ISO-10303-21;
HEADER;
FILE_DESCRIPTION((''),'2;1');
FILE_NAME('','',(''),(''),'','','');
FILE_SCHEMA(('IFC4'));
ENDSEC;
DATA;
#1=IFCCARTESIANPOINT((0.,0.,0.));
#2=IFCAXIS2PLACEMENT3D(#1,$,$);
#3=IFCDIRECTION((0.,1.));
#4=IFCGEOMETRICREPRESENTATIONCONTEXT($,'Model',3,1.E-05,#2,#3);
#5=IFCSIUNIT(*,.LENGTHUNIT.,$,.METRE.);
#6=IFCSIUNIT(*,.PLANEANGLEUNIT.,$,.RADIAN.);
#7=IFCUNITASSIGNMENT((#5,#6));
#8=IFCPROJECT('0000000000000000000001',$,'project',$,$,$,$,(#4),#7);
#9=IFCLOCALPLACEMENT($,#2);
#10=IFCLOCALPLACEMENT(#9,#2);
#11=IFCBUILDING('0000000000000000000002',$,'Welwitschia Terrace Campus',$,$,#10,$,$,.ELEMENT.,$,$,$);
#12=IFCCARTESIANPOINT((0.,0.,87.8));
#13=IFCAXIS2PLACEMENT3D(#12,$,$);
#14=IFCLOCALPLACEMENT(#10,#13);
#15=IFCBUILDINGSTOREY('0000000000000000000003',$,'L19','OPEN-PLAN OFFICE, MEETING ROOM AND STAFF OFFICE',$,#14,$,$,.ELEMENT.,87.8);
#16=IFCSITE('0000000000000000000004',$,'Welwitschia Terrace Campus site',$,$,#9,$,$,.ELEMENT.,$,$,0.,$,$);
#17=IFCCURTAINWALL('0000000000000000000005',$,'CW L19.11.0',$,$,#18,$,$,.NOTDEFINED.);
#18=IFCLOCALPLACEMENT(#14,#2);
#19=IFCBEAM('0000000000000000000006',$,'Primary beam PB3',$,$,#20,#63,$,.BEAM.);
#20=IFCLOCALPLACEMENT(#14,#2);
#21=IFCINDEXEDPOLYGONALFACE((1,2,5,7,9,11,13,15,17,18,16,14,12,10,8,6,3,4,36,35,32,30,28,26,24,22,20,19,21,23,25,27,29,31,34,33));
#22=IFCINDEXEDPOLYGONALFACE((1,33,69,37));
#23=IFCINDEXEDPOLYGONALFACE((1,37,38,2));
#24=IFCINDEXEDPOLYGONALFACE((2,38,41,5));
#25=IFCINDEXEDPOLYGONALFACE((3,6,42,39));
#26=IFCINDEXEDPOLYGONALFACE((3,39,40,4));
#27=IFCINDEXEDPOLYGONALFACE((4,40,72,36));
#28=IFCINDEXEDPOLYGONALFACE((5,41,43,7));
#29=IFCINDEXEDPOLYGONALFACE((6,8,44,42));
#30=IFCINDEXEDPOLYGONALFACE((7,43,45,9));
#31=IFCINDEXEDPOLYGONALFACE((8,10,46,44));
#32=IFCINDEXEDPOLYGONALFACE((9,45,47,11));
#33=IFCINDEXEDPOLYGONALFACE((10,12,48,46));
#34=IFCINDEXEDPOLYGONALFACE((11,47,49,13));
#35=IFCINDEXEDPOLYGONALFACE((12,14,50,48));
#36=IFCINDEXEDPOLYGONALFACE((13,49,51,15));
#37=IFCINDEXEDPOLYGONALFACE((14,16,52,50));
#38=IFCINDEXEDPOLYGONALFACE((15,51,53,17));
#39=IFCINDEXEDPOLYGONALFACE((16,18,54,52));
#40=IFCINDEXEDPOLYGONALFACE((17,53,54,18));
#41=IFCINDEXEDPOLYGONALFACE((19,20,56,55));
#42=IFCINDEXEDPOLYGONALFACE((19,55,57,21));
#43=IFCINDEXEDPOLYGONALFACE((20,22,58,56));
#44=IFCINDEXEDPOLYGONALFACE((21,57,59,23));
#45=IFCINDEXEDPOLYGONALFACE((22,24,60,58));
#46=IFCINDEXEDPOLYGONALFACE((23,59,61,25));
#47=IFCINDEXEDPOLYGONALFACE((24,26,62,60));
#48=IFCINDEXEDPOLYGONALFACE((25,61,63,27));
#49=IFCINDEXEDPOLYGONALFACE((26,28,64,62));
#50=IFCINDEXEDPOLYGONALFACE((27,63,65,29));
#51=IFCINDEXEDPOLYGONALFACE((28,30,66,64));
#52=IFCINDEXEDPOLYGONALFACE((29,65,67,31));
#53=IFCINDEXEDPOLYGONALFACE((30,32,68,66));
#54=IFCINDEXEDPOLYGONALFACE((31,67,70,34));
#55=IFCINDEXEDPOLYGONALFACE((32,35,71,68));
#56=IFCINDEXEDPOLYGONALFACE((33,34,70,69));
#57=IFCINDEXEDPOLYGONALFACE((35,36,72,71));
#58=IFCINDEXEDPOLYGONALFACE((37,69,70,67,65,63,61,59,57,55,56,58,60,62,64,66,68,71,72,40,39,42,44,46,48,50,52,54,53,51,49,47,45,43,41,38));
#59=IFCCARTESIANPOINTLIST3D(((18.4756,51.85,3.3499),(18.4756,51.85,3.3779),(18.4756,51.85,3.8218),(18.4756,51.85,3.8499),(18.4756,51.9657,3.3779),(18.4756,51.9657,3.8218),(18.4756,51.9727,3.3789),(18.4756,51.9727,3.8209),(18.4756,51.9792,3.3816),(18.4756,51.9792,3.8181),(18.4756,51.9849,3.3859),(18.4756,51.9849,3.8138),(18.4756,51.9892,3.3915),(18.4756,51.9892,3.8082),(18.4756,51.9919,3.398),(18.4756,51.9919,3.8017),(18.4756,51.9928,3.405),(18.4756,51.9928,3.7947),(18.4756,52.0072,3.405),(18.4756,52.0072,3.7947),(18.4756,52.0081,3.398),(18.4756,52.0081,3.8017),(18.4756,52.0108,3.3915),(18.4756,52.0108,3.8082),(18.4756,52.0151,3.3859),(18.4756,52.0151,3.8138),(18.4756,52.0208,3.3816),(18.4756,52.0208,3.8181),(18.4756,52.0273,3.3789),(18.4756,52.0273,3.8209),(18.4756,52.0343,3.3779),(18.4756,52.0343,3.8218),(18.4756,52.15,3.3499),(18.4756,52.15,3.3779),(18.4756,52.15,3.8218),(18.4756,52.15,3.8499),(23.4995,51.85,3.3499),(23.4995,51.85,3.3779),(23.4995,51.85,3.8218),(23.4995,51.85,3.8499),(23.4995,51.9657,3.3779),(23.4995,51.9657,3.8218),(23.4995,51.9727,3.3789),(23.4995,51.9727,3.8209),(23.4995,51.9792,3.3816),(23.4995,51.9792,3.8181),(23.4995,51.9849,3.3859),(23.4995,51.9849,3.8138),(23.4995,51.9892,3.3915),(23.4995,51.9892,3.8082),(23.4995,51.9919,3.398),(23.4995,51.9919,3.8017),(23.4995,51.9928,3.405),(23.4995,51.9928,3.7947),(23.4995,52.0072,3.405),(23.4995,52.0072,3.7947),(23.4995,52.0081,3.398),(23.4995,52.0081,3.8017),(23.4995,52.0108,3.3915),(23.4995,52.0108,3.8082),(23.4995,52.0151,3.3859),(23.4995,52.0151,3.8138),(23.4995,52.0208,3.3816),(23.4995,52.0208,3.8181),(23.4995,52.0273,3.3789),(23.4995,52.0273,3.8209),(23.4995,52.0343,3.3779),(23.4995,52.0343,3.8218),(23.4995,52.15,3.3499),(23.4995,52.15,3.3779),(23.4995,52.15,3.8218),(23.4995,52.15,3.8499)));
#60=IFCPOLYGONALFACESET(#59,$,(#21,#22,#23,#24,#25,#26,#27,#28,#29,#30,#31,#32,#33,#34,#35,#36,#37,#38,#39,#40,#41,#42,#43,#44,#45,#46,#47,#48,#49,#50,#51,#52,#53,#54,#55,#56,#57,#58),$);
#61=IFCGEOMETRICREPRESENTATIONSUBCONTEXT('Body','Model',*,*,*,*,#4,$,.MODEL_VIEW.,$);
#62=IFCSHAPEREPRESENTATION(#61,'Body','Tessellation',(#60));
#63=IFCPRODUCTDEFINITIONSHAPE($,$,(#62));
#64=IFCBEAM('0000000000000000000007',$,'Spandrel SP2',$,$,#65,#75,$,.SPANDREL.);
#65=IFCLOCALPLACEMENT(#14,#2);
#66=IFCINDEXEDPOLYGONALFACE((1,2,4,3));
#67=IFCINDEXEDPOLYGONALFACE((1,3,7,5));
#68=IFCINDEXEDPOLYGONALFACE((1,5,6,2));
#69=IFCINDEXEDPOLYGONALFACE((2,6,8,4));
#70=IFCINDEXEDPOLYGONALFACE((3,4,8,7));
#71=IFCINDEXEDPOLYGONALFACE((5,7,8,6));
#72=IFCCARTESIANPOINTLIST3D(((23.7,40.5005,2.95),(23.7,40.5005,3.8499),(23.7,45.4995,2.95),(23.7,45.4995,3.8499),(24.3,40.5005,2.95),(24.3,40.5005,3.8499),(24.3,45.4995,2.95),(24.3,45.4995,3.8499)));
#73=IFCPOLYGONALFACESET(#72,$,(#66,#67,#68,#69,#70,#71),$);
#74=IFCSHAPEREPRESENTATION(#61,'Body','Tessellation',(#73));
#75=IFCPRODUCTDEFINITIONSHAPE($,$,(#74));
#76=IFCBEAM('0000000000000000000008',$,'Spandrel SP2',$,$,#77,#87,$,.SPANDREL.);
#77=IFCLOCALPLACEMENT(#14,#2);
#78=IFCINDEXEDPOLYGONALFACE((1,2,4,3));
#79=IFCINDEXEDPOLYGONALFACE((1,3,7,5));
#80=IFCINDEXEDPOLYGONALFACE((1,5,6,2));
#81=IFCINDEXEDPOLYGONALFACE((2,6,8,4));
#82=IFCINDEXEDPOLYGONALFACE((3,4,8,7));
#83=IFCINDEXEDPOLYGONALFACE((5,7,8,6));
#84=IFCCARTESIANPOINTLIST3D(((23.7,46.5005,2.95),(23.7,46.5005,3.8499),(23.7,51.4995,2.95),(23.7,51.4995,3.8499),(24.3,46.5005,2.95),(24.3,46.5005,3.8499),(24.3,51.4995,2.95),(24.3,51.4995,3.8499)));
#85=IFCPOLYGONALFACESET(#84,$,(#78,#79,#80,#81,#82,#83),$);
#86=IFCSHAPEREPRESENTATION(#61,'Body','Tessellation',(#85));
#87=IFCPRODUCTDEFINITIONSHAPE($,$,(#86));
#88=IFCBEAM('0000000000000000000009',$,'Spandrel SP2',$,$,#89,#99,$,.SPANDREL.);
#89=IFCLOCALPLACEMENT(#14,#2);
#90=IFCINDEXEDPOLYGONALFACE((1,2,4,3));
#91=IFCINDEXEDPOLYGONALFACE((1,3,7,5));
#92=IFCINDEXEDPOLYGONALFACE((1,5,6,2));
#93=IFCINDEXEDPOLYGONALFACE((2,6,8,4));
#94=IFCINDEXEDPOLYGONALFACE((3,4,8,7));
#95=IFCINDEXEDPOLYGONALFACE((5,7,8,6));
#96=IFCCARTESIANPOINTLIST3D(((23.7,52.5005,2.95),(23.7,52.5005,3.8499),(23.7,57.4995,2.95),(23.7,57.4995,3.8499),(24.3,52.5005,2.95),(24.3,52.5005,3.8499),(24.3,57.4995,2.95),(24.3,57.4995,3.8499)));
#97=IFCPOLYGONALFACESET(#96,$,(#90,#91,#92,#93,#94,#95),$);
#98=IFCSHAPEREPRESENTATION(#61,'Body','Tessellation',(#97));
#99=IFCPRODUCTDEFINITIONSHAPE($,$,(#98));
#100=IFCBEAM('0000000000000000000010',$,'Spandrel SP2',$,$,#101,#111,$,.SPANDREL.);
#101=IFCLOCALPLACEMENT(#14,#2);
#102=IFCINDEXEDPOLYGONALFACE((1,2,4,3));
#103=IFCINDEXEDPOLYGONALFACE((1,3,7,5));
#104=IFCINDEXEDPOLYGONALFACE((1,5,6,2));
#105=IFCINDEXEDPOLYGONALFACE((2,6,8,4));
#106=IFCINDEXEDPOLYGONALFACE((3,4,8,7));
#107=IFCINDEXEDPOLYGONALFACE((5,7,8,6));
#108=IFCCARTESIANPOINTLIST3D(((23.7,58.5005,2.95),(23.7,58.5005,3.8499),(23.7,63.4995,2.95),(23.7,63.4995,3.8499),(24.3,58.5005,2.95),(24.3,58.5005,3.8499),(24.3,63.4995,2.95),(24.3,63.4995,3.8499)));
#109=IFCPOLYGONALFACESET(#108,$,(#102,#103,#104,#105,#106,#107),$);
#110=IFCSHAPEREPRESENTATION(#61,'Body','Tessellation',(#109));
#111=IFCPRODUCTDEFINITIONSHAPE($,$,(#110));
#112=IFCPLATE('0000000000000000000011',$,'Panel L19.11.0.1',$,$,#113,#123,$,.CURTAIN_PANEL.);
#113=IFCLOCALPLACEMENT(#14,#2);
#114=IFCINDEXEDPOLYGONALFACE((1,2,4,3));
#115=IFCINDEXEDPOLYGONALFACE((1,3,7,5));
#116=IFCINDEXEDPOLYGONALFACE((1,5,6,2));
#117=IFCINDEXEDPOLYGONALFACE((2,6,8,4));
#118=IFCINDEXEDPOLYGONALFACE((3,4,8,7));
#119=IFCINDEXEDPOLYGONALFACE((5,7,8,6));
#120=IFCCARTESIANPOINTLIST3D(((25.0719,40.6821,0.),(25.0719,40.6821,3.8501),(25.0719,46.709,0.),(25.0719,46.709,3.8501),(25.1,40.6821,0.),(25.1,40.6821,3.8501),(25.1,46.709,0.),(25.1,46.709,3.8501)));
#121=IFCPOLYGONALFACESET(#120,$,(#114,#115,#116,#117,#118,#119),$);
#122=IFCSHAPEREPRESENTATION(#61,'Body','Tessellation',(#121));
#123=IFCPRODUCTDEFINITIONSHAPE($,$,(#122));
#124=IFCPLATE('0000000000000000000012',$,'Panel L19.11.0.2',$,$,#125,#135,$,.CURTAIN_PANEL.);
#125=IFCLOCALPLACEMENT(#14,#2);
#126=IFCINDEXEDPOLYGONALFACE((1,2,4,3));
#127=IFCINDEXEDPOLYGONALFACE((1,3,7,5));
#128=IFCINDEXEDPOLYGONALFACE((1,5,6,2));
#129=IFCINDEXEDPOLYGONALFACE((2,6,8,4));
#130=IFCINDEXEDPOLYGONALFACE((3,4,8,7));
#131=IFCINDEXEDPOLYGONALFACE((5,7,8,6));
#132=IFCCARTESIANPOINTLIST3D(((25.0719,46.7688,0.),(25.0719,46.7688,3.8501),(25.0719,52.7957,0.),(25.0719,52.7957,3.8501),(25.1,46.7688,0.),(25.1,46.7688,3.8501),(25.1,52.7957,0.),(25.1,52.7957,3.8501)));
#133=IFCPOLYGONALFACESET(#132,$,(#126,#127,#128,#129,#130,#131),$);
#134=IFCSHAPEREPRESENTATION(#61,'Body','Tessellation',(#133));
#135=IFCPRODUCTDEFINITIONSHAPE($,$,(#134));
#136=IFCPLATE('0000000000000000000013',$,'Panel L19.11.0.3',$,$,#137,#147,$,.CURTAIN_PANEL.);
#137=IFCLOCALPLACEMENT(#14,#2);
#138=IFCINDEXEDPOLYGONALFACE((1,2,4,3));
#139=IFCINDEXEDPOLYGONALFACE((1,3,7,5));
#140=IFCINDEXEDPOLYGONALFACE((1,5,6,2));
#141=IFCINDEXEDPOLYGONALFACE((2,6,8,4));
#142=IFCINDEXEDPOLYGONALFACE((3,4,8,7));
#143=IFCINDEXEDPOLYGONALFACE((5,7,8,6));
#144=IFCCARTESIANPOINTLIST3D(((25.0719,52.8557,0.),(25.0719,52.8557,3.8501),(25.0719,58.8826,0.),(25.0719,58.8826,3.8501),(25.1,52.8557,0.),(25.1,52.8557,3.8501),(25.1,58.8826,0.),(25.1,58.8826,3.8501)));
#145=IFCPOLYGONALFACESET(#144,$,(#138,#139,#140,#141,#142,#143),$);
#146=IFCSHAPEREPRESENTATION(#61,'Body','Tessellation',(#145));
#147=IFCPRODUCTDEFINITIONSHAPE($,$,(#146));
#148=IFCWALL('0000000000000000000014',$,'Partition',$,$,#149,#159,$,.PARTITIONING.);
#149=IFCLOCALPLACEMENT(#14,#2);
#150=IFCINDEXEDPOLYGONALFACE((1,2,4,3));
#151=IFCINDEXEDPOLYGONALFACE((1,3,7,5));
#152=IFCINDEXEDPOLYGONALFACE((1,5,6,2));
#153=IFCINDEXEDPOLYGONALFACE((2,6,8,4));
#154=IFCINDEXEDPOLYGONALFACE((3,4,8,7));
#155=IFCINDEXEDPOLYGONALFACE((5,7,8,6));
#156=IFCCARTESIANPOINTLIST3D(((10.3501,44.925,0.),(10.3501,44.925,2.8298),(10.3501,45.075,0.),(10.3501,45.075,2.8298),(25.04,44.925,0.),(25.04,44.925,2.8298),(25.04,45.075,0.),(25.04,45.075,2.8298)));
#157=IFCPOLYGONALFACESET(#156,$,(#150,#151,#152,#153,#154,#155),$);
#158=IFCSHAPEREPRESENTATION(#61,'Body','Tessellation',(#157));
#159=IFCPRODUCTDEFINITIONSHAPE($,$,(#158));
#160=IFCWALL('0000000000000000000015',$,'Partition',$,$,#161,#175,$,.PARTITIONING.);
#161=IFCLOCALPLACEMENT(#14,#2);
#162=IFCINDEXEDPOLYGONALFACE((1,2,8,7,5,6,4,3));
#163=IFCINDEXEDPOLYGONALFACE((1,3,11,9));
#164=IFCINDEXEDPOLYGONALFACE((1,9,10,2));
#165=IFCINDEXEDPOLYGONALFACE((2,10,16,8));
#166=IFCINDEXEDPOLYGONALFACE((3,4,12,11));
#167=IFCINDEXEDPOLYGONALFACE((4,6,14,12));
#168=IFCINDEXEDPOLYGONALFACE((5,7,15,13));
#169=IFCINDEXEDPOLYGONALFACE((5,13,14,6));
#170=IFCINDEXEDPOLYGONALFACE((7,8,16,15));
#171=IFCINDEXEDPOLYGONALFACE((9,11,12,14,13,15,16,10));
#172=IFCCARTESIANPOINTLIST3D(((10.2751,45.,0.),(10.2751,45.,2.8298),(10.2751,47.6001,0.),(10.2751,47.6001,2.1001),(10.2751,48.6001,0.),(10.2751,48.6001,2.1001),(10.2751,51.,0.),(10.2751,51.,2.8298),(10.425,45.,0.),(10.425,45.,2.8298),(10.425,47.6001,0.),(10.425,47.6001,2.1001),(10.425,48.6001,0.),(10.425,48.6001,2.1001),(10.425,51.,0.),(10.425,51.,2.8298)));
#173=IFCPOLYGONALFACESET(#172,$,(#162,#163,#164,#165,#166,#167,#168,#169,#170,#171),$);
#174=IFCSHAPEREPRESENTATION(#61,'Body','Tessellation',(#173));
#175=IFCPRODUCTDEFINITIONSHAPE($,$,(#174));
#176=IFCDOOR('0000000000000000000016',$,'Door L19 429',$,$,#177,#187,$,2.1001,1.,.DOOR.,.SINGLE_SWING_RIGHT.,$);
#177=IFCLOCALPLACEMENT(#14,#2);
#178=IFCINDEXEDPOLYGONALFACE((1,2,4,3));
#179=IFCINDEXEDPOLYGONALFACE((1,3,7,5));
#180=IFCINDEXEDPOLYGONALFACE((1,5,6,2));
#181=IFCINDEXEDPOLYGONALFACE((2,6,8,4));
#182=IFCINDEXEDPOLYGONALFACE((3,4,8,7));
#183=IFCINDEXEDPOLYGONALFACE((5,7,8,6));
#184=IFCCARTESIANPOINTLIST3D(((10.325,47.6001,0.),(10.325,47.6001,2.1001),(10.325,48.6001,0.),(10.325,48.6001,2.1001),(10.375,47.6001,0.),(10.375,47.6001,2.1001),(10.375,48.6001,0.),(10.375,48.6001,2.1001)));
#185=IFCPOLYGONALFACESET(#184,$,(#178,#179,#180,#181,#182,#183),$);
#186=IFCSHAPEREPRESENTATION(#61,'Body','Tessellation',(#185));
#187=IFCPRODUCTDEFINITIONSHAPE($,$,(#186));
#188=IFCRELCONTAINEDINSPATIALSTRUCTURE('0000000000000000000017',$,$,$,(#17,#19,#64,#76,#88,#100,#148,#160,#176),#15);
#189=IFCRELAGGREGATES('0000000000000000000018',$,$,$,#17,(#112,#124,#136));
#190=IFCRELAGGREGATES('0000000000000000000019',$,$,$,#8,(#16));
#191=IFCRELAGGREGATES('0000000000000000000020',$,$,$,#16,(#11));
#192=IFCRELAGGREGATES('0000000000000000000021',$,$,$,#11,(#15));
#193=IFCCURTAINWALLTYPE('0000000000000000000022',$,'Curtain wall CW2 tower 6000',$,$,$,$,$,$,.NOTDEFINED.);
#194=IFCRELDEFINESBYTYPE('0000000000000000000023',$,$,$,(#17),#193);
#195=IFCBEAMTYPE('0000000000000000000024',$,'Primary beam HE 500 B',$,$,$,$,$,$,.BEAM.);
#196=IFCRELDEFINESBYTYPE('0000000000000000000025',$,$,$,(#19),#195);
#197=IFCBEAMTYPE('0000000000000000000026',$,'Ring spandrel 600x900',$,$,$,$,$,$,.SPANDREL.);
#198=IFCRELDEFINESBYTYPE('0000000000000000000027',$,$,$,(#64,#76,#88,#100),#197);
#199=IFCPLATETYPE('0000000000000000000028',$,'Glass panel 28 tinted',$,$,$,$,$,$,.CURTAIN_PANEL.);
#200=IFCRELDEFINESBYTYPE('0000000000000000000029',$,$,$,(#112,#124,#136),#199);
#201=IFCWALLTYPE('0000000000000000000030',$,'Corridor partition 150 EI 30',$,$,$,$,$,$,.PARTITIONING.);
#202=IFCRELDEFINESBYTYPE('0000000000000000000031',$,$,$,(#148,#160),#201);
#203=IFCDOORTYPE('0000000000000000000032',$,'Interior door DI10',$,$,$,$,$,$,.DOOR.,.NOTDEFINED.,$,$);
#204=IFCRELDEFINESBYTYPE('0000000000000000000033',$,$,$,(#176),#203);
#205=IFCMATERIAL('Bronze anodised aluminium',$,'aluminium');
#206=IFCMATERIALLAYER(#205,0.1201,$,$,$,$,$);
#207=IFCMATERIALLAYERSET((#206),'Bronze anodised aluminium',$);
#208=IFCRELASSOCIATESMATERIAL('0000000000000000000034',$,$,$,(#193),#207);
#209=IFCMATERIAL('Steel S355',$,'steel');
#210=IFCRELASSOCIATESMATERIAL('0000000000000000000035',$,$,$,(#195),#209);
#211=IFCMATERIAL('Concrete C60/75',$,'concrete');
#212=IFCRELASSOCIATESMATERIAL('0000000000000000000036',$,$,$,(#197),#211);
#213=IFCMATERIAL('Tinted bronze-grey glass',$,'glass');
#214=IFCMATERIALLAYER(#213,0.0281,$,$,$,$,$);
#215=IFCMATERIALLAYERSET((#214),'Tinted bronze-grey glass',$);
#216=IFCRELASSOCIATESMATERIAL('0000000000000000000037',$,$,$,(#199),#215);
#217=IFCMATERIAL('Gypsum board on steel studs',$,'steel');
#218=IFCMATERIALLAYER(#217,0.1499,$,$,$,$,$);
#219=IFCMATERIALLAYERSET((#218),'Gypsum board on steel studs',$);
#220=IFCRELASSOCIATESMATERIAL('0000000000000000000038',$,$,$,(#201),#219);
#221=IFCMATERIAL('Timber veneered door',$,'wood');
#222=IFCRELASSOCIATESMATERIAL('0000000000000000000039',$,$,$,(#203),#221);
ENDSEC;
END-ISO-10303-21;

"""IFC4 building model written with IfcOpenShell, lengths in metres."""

from ifc_helpers import new_model, si_unit, direction, frame, frame_2d, origin, origin_2d, place, context, subcontext, project, spatial, rectangle, i_section, extrude, material, layer, layer_set, material_profile, profile_set, type_object, element, fill, aggregate, save


model = new_model("IFC4")

# Units and contexts
model_context = context("Model", 3, precision=1e-05, world=origin(), true_north=direction((0.0, 1.0)))
body_context = subcontext(model_context, "Body", "Model", "MODEL_VIEW")
ifc_project = project(units=[si_unit("LENGTHUNIT", "METRE"), si_unit("PLANEANGLEUNIT", "RADIAN")], contexts=[model_context])

# Site, building, storey
site_placement = place(None, origin())
site = spatial("IfcSite", under=ifc_project, at=site_placement, Name="Welwitschia Terrace Campus site", CompositionType="ELEMENT", RefElevation=0.0)
building_placement = place(site_placement, origin())
building = spatial("IfcBuilding", under=site, at=building_placement, Name="Welwitschia Terrace Campus", CompositionType="ELEMENT")
storey_placement = place(building_placement, frame((0.0, 0.0, 87.8)))
storey = spatial("IfcBuildingStorey", under=building, at=storey_placement, Name="L19", Description="OPEN-PLAN OFFICE, MEETING ROOM AND STAFF OFFICE", CompositionType="ELEMENT", Elevation=87.8)

# Curtain wall
ifc_material_1 = material(Name="Bronze anodised aluminium", Category="aluminium")
ifc_layer_1 = layer(ifc_material_1, 0.1201)
ifc_layer_set_1 = layer_set([ifc_layer_1], Name="Bronze anodised aluminium")
curtain_wall_type = type_object("IfcCurtainWallType", Name="Curtain wall CW2 tower 6000", PredefinedType="NOTDEFINED", material=ifc_layer_set_1)
curtain_wall_placement = place(storey_placement, origin())
curtain_wall = element("IfcCurtainWall", 1, at=curtain_wall_placement, inside=storey, type_object=curtain_wall_type, Name="CW L19.11.0", PredefinedType="NOTDEFINED")

# Beams
ifc_material_2 = material(Name="Steel S355", Category="steel")
ifc_material_profile_1 = material_profile(ifc_material_2, i_section(OverallWidth=0.3, OverallDepth=0.5, WebThickness=0.0144, FlangeThickness=0.0281, FilletRadius=0.0271, at=origin_2d()))
ifc_profile_set_1 = profile_set([ifc_material_profile_1], Name="Steel S355")
beam_type_1 = type_object("IfcBeamType", Name="Primary beam HE 500 B", PredefinedType="BEAM", material=ifc_profile_set_1)
beam_placement = place(storey_placement, frame((23.4995, 52.0, 3.5999), z_axis=(-1.0, 0.0, 0.0), x_axis=(0.0, -1.0, 0.0)))
element("IfcBeam", 2, at=beam_placement, inside=storey, type_object=beam_type_1, Name="Primary beam PB3", PredefinedType="BEAM", context=body_context, shape_type="SweptSolid", body=[
    extrude(i_section(OverallWidth=0.3, OverallDepth=0.5, WebThickness=0.0144, FlangeThickness=0.0281, FilletRadius=0.0271, at=origin_2d()), origin(), (0.0, 0.0, 1.0), 5.0239),
])
ifc_material_3 = material(Name="Concrete C60/75", Category="concrete")
ifc_material_profile_2 = material_profile(ifc_material_3, rectangle(XDim=0.6001, YDim=0.8999, at=origin_2d()))
ifc_profile_set_2 = profile_set([ifc_material_profile_2], Name="Concrete C60/75")
beam_type_2 = type_object("IfcBeamType", Name="Ring spandrel 600x900", PredefinedType="SPANDREL", material=ifc_profile_set_2)
for number, where, z_axis, x_axis, name in (
    (3, (24.0, 40.5005, 3.3999), (0.0, 1.0, 0.0), (-1.0, 0.0, 0.0), "Spandrel SP2"),
    (4, (24.0, 46.5005, 3.3999), (0.0, 1.0, 0.0), (-1.0, 0.0, 0.0), "Spandrel SP2"),
    (5, (24.0, 52.5005, 3.3999), (0.0, 1.0, 0.0), (-1.0, 0.0, 0.0), "Spandrel SP2"),
    (6, (24.0, 58.5005, 3.3999), (0.0, 1.0, 0.0), (-1.0, 0.0, 0.0), "Spandrel SP2"),
):
    element("IfcBeam", number, at=place(storey_placement, frame(where, z_axis=z_axis, x_axis=x_axis)), inside=storey, type_object=beam_type_2, Name=name, PredefinedType="SPANDREL", context=body_context, shape_type="SweptSolid", body=[
        extrude(rectangle(XDim=0.6001, YDim=0.8999, at=origin_2d()), origin(), (0.0, 0.0, 1.0), 4.999),
    ])

# Plates
ifc_material_4 = material(Name="Tinted bronze-grey glass", Category="glass")
ifc_layer_2 = layer(ifc_material_4, 0.0281)
ifc_layer_set_2 = layer_set([ifc_layer_2], Name="Tinted bronze-grey glass")
plate_type = type_object("IfcPlateType", Name="Glass panel 28 tinted", PredefinedType="CURTAIN_PANEL", material=ifc_layer_set_2)
plate_1_placement = place(storey_placement, frame((25.0859, 43.6956, 0.0), z_axis=(0.0, 0.0, 1.0), x_axis=(0.0, 1.0, 0.0)))
plate_1 = element("IfcPlate", 7, at=plate_1_placement, type_object=plate_type, Name="Panel L19.11.0.1", PredefinedType="CURTAIN_PANEL", context=body_context, shape_type="SweptSolid", body=[
    extrude(rectangle(XDim=6.0269, YDim=0.0281, at=origin_2d()), origin(), (0.0, 0.0, 1.0), 3.8501),
])
plate_2_placement = place(storey_placement, frame((25.0859, 49.7822, 0.0), z_axis=(0.0, 0.0, 1.0), x_axis=(0.0, 1.0, 0.0)))
plate_2 = element("IfcPlate", 8, at=plate_2_placement, type_object=plate_type, Name="Panel L19.11.0.2", PredefinedType="CURTAIN_PANEL", context=body_context, shape_type="SweptSolid", body=[
    extrude(rectangle(XDim=6.0269, YDim=0.0281, at=origin_2d()), origin(), (0.0, 0.0, 1.0), 3.8501),
])
plate_3_placement = place(storey_placement, frame((25.0859, 55.8691, 0.0), z_axis=(0.0, 0.0, 1.0), x_axis=(0.0, 1.0, 0.0)))
plate_3 = element("IfcPlate", 9, at=plate_3_placement, type_object=plate_type, Name="Panel L19.11.0.3", PredefinedType="CURTAIN_PANEL", context=body_context, shape_type="SweptSolid", body=[
    extrude(rectangle(XDim=6.0269, YDim=0.0281, at=origin_2d()), origin(), (0.0, 0.0, 1.0), 3.8501),
])
aggregate(curtain_wall, [plate_1, plate_2, plate_3])

# Wall
ifc_material_5 = material(Name="Gypsum board on steel studs", Category="steel")
ifc_layer_3 = layer(ifc_material_5, 0.1499)
ifc_layer_set_3 = layer_set([ifc_layer_3], Name="Gypsum board on steel studs")
wall_type = type_object("IfcWallType", Name="Corridor partition 150 EI 30", PredefinedType="PARTITIONING", material=ifc_layer_set_3)
wall_1_placement = place(storey_placement, frame((10.3501, 45.0, 0.0), z_axis=(0.0, 0.0, 1.0), x_axis=(1.0, 0.0, 0.0)))
element("IfcWall", 10, at=wall_1_placement, inside=storey, type_object=wall_type, Name="Partition", PredefinedType="PARTITIONING", context=body_context, shape_type="SweptSolid", body=[
    extrude(rectangle(XDim=14.6899, YDim=0.1499, at=frame_2d((7.345, 0.0))), origin(), (0.0, 0.0, 1.0), 2.8298),
])

# Wall, opening, door
wall_2_placement = place(storey_placement, frame((10.3501, 51.0, 0.0), z_axis=(0.0, 0.0, 1.0), x_axis=(0.0, -1.0, 0.0)))
wall_2 = element("IfcWall", 11, at=wall_2_placement, inside=storey, type_object=wall_type, Name="Partition", PredefinedType="PARTITIONING", context=body_context, shape_type="SweptSolid", body=[
    extrude(rectangle(XDim=6.0, YDim=0.1499, at=frame_2d((3.0, 0.0))), origin(), (0.0, 0.0, 1.0), 2.8298),
])
opening_1_placement = place(wall_2_placement, frame((2.3999, 0.0, 0.0)))
opening_1 = element("IfcOpeningElement", 12, at=opening_1_placement, cuts=wall_2, PredefinedType="OPENING", context=body_context, shape_type="SweptSolid", body=[
    extrude(rectangle(XDim=1.0, YDim=2.1001, at=frame_2d((0.5, 1.05))), frame((0.0, 0.085, 0.0), z_axis=(0.0, -1.0, 0.0), x_axis=(1.0, 0.0, 0.0)), (0.0, 0.0, 1.0), 0.1699),
])
ifc_material_6 = material(Name="Timber veneered door", Category="wood")
door_type = type_object("IfcDoorType", Name="Interior door DI10", OperationType="NOTDEFINED", PredefinedType="DOOR", material=ifc_material_6)
door_1_placement = place(opening_1_placement, origin())
door_1 = element("IfcDoor", 13, at=door_1_placement, inside=storey, type_object=door_type, Name="Door L19 429", OperationType="SINGLE_SWING_RIGHT", OverallHeight=2.1001, OverallWidth=1.0, PredefinedType="DOOR", context=body_context, shape_type="SweptSolid", body=[
    extrude(rectangle(XDim=1.0, YDim=2.1001, at=frame_2d((0.5, 1.05))), frame((0.0, 0.0249, 0.0), z_axis=(0.0, -1.0, 0.0), x_axis=(1.0, 0.0, 0.0)), (0.0, 0.0, 1.0), 0.05),
])
fill(opening_1, door_1)

save(model, "model.ifc")
